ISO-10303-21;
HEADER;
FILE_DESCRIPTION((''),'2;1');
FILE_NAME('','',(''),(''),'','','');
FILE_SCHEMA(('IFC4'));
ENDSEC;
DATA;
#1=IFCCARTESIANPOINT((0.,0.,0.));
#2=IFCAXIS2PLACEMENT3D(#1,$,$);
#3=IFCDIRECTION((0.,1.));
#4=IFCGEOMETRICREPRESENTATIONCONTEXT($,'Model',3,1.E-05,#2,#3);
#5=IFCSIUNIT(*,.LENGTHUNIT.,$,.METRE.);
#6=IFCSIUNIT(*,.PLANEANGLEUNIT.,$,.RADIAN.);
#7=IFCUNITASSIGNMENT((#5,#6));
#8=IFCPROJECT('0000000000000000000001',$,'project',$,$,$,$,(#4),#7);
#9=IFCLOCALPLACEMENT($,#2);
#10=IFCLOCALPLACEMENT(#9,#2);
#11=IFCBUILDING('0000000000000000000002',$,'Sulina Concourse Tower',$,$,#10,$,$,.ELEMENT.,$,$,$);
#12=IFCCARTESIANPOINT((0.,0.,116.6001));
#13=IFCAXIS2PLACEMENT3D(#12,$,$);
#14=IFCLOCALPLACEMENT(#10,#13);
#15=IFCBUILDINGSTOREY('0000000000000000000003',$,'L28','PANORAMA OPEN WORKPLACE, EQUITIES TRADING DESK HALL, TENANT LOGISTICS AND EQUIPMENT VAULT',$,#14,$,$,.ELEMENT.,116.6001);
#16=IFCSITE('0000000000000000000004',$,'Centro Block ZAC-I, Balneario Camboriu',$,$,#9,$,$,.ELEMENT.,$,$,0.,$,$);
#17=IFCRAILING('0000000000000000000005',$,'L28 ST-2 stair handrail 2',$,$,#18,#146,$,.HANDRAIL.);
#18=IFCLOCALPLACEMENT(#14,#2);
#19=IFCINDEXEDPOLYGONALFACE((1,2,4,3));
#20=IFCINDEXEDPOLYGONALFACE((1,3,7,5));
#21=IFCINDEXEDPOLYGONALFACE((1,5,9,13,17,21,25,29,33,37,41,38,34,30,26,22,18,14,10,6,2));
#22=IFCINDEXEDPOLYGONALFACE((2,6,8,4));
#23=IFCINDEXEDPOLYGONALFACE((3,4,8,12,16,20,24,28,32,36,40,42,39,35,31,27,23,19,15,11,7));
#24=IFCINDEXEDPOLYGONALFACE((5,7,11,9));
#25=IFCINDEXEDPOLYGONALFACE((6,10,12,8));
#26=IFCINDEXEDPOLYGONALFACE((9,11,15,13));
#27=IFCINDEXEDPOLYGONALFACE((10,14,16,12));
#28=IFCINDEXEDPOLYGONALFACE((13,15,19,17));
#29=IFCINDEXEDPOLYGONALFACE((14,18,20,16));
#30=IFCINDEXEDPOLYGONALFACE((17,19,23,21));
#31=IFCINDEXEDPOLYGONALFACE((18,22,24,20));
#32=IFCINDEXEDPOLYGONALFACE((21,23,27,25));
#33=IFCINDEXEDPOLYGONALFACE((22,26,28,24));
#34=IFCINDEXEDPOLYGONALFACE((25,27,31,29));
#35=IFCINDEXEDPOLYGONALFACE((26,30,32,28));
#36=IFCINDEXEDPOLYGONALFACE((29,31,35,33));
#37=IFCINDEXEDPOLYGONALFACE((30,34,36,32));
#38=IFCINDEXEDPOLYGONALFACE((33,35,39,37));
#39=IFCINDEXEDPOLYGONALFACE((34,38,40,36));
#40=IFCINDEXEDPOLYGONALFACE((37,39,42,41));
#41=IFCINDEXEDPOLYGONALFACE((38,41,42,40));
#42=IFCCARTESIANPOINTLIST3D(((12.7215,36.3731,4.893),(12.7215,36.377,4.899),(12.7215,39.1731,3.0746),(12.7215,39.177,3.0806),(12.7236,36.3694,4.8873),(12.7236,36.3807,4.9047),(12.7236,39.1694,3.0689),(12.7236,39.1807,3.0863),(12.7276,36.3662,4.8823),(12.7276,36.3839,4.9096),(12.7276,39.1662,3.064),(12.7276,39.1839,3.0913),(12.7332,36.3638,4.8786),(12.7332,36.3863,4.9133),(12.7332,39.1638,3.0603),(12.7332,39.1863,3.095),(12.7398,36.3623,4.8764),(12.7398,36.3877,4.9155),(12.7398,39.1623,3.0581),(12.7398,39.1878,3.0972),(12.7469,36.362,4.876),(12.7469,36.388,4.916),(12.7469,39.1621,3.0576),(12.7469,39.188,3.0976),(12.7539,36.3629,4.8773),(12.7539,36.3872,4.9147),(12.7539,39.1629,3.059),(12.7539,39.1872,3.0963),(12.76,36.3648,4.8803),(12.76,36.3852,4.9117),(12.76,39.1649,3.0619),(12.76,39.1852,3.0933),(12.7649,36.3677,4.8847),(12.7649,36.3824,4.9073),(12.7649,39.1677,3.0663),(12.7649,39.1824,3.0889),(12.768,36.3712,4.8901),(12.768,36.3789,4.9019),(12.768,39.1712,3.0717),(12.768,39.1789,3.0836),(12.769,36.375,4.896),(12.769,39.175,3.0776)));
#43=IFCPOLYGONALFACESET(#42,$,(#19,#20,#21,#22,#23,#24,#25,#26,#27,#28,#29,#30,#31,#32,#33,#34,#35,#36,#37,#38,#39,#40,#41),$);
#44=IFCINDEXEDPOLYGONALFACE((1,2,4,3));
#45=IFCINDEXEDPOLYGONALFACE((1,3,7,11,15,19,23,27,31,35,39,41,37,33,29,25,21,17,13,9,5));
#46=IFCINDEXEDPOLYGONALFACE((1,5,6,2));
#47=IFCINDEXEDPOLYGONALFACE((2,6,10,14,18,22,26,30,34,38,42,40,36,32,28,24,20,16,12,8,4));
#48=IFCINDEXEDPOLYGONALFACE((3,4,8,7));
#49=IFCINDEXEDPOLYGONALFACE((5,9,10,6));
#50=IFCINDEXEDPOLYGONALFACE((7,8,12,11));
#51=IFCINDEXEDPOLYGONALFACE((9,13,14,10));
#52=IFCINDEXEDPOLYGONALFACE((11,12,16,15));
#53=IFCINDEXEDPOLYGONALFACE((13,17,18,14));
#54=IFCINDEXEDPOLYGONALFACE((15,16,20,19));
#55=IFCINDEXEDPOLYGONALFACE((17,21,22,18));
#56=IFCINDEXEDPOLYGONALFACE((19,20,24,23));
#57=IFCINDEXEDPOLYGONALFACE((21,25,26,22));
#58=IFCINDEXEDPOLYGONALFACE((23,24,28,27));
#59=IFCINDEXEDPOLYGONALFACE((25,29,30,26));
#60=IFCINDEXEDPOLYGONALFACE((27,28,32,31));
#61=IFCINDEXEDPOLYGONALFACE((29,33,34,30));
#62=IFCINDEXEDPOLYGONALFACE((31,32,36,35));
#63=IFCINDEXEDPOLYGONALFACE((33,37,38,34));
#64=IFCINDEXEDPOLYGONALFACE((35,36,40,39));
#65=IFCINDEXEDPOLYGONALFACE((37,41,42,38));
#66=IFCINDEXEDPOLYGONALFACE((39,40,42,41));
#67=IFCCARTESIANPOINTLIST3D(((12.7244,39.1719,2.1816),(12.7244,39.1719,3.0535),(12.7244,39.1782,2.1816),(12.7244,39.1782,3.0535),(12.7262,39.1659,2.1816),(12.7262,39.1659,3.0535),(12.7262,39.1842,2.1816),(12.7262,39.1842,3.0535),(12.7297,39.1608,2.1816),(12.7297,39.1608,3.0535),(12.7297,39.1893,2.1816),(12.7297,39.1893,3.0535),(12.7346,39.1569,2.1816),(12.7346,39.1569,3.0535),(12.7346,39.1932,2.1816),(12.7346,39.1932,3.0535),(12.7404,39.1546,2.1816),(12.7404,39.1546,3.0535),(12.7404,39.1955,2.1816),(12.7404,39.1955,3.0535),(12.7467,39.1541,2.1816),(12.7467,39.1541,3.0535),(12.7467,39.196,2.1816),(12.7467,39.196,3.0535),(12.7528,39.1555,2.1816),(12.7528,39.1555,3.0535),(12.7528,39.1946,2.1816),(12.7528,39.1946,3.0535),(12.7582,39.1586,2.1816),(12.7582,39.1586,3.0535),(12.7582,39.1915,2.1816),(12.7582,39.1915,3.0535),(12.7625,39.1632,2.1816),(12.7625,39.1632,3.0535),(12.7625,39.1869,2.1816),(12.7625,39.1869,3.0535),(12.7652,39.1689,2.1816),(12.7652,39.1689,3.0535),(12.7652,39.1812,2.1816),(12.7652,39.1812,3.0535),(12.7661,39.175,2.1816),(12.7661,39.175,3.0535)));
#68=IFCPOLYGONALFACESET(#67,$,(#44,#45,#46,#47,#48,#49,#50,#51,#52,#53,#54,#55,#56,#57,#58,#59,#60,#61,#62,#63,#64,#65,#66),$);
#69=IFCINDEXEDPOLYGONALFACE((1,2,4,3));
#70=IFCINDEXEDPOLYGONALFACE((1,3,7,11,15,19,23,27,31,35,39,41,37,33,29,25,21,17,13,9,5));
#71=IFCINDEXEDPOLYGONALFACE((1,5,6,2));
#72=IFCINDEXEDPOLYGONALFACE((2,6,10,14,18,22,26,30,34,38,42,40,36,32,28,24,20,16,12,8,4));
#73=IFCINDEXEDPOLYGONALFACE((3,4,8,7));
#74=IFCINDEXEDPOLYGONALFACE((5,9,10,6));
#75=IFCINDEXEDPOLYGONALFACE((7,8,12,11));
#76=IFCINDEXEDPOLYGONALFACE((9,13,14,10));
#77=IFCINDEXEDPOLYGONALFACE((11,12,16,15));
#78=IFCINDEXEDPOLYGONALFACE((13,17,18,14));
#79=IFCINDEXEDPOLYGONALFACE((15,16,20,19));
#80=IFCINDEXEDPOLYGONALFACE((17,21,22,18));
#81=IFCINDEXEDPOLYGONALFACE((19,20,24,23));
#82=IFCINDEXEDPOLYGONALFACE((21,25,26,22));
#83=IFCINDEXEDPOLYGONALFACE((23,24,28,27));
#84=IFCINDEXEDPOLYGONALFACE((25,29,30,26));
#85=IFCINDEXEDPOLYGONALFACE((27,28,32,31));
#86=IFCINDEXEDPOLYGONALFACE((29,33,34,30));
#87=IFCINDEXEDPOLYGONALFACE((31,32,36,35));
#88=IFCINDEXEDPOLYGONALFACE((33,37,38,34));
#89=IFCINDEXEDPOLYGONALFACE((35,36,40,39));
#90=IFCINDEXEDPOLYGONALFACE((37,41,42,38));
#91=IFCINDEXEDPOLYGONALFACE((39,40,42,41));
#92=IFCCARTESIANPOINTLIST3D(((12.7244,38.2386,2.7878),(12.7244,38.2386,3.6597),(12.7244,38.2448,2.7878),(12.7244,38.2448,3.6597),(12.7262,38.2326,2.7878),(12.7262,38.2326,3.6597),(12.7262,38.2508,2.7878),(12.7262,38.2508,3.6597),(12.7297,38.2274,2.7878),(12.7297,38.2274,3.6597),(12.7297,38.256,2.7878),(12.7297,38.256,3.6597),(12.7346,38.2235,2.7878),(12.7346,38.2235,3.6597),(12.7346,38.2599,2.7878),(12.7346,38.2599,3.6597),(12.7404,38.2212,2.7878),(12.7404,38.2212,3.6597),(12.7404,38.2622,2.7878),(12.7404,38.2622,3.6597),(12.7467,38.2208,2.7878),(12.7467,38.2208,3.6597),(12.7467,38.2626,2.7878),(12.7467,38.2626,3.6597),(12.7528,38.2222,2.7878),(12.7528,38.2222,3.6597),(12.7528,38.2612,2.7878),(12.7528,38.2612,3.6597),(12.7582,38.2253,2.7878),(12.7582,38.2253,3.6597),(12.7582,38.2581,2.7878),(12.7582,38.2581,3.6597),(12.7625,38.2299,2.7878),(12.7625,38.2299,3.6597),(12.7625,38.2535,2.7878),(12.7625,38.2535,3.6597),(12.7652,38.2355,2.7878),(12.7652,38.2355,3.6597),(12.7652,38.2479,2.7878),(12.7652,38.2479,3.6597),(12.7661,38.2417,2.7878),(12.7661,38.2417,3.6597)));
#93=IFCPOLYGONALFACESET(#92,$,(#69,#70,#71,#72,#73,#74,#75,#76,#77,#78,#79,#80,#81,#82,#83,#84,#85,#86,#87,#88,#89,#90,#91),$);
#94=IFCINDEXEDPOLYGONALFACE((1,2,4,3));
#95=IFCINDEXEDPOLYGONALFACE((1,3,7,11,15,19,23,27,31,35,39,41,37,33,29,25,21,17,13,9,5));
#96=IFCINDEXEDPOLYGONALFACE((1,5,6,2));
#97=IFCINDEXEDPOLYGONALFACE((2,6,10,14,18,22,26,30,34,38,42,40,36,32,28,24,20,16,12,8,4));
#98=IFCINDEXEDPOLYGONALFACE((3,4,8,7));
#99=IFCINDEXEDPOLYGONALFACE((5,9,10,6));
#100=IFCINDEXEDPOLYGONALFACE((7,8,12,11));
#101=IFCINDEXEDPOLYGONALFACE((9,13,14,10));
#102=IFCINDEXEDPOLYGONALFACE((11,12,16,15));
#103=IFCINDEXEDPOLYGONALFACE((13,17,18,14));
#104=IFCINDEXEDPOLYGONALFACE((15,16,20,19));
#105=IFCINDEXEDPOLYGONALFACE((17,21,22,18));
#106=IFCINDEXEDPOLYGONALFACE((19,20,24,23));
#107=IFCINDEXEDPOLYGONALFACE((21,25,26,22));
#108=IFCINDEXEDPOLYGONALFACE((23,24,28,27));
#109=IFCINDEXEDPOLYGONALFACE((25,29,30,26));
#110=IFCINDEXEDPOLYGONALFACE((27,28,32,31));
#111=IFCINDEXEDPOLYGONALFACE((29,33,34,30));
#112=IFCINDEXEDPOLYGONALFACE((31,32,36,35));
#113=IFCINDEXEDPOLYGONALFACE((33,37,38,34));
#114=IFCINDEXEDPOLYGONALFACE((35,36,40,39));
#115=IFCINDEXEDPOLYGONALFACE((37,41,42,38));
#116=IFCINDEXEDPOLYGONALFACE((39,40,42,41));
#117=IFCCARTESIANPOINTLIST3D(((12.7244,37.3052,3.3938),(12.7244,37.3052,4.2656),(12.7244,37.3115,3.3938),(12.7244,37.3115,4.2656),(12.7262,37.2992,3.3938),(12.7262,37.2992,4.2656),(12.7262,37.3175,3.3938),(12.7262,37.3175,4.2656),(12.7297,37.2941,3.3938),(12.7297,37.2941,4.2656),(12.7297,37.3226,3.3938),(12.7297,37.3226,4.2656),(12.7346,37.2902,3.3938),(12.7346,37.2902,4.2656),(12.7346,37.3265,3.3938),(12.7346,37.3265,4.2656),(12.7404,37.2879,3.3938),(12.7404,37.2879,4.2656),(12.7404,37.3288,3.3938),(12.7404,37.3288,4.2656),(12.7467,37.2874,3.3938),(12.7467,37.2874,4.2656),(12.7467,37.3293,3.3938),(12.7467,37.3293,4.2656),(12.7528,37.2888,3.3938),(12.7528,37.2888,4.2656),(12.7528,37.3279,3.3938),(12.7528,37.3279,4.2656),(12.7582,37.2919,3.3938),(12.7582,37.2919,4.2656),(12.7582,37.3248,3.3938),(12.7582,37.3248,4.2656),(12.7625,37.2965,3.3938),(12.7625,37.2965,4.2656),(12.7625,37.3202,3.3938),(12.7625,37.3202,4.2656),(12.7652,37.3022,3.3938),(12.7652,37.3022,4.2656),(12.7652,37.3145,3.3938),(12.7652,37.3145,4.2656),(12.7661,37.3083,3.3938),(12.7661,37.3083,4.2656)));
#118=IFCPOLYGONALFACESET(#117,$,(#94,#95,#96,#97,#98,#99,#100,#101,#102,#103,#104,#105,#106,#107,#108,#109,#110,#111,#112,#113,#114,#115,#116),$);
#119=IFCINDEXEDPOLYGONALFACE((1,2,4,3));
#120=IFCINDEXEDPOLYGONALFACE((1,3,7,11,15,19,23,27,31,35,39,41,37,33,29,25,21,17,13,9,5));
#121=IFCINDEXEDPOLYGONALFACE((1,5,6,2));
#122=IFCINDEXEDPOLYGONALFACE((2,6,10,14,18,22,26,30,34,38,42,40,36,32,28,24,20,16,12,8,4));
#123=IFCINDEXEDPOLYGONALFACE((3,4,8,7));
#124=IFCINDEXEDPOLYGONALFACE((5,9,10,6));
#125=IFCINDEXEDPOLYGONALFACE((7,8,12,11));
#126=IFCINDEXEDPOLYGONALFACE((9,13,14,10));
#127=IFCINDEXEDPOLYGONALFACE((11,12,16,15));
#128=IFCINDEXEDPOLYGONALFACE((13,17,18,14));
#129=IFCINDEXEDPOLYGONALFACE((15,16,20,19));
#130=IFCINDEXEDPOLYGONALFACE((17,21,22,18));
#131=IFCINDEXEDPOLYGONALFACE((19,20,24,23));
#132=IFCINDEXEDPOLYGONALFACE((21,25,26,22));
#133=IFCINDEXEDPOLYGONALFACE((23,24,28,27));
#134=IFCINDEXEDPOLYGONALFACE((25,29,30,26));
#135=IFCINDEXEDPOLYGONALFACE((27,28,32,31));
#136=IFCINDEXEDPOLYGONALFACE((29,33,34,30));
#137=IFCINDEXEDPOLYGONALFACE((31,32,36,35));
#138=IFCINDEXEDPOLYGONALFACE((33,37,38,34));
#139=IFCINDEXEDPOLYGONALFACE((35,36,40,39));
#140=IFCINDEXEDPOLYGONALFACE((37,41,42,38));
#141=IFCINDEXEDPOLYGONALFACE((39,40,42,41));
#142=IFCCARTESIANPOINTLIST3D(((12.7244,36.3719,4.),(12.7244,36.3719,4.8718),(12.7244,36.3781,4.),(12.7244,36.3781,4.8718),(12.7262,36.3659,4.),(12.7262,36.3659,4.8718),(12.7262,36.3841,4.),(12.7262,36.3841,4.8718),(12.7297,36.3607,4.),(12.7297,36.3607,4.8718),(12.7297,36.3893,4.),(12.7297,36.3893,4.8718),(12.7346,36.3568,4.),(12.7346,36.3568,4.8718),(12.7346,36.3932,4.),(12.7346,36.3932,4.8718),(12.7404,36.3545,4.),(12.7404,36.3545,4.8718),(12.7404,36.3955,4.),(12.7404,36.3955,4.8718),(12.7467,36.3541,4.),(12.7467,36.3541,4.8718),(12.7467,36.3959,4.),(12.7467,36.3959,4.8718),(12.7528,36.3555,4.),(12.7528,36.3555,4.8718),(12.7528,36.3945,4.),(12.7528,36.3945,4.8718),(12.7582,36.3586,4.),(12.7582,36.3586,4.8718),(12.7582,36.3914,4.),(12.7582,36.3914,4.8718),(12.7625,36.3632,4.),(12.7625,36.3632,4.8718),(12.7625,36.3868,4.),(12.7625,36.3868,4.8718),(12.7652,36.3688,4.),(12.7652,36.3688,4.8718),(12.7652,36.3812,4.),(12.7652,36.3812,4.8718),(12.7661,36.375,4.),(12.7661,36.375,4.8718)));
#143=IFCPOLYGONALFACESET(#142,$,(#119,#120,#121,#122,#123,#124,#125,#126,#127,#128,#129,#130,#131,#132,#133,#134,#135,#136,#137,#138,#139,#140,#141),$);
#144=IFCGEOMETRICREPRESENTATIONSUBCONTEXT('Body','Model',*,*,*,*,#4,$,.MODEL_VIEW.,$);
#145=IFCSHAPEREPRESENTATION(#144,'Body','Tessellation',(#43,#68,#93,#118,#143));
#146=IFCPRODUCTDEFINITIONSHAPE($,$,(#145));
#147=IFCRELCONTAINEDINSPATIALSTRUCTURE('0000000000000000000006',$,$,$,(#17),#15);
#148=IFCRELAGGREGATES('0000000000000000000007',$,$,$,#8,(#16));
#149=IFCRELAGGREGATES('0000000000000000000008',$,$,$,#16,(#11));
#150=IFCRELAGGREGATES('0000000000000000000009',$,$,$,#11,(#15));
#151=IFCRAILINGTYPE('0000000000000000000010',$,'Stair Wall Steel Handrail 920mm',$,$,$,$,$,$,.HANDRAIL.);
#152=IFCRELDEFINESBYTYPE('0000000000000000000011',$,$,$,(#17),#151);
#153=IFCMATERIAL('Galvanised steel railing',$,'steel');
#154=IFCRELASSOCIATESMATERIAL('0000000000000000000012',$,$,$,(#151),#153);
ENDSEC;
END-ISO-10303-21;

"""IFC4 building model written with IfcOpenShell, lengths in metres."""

from ifc_helpers import new_model, si_unit, direction, frame, origin, origin_2d, place, context, subcontext, project, spatial, circle, extrude, material, type_object, element, save


model = new_model("IFC4")

# Units and contexts
model_context = context("Model", 3, precision=1e-05, world=origin(), true_north=direction((0.0, 1.0)))
body_context = subcontext(model_context, "Body", "Model", "MODEL_VIEW")
ifc_project = project(units=[si_unit("LENGTHUNIT", "METRE"), si_unit("PLANEANGLEUNIT", "RADIAN")], contexts=[model_context])

# Site, building, storey
site_placement = place(None, origin())
site = spatial("IfcSite", under=ifc_project, at=site_placement, Name="Centro Block ZAC-I, Balneario Camboriu", CompositionType="ELEMENT", RefElevation=0.0)
building_placement = place(site_placement, origin())
building = spatial("IfcBuilding", under=site, at=building_placement, Name="Sulina Concourse Tower", CompositionType="ELEMENT")
storey_placement = place(building_placement, frame((0.0, 0.0, 116.6001)))
storey = spatial("IfcBuildingStorey", under=building, at=storey_placement, Name="L28", Description="PANORAMA OPEN WORKPLACE, EQUITIES TRADING DESK HALL, TENANT LOGISTICS AND EQUIPMENT VAULT", CompositionType="ELEMENT", Elevation=116.6001)

# Railing
ifc_material_1 = material(Name="Galvanised steel railing", Category="steel")
railing_type_1 = type_object("IfcRailingType", Name="Stair Wall Steel Handrail 920mm", PredefinedType="HANDRAIL", material=ifc_material_1)
railing_1_placement = place(storey_placement, frame((12.7451, 39.175, 2.1816)))
element("IfcRailing", 1, at=railing_1_placement, inside=storey, type_object=railing_type_1, Name="L28 ST-2 stair handrail 2", PredefinedType="HANDRAIL", context=body_context, shape_type="SweptSolid", body=[
    extrude(circle(Radius=0.0239, at=origin_2d()), frame((0.0, 0.0, 0.896), z_axis=(0.0, -0.838672, 0.544636), x_axis=(1.0, 0.0, 0.0)), (0.0, 0.0, 1.0), 3.3386),
    extrude(circle(Radius=0.021, at=origin_2d()), origin(), (0.0, 0.0, 1.0), 0.8718),
    extrude(circle(Radius=0.021, at=origin_2d()), frame((0.0, -0.9333, 0.6062)), (0.0, 0.0, 1.0), 0.8718),
    extrude(circle(Radius=0.021, at=origin_2d()), frame((0.0, -1.8667, 1.2122)), (0.0, 0.0, 1.0), 0.8718),
    extrude(circle(Radius=0.021, at=origin_2d()), frame((0.0, -2.8, 1.8184)), (0.0, 0.0, 1.0), 0.8718),
])

save(model, "model.ifc")
